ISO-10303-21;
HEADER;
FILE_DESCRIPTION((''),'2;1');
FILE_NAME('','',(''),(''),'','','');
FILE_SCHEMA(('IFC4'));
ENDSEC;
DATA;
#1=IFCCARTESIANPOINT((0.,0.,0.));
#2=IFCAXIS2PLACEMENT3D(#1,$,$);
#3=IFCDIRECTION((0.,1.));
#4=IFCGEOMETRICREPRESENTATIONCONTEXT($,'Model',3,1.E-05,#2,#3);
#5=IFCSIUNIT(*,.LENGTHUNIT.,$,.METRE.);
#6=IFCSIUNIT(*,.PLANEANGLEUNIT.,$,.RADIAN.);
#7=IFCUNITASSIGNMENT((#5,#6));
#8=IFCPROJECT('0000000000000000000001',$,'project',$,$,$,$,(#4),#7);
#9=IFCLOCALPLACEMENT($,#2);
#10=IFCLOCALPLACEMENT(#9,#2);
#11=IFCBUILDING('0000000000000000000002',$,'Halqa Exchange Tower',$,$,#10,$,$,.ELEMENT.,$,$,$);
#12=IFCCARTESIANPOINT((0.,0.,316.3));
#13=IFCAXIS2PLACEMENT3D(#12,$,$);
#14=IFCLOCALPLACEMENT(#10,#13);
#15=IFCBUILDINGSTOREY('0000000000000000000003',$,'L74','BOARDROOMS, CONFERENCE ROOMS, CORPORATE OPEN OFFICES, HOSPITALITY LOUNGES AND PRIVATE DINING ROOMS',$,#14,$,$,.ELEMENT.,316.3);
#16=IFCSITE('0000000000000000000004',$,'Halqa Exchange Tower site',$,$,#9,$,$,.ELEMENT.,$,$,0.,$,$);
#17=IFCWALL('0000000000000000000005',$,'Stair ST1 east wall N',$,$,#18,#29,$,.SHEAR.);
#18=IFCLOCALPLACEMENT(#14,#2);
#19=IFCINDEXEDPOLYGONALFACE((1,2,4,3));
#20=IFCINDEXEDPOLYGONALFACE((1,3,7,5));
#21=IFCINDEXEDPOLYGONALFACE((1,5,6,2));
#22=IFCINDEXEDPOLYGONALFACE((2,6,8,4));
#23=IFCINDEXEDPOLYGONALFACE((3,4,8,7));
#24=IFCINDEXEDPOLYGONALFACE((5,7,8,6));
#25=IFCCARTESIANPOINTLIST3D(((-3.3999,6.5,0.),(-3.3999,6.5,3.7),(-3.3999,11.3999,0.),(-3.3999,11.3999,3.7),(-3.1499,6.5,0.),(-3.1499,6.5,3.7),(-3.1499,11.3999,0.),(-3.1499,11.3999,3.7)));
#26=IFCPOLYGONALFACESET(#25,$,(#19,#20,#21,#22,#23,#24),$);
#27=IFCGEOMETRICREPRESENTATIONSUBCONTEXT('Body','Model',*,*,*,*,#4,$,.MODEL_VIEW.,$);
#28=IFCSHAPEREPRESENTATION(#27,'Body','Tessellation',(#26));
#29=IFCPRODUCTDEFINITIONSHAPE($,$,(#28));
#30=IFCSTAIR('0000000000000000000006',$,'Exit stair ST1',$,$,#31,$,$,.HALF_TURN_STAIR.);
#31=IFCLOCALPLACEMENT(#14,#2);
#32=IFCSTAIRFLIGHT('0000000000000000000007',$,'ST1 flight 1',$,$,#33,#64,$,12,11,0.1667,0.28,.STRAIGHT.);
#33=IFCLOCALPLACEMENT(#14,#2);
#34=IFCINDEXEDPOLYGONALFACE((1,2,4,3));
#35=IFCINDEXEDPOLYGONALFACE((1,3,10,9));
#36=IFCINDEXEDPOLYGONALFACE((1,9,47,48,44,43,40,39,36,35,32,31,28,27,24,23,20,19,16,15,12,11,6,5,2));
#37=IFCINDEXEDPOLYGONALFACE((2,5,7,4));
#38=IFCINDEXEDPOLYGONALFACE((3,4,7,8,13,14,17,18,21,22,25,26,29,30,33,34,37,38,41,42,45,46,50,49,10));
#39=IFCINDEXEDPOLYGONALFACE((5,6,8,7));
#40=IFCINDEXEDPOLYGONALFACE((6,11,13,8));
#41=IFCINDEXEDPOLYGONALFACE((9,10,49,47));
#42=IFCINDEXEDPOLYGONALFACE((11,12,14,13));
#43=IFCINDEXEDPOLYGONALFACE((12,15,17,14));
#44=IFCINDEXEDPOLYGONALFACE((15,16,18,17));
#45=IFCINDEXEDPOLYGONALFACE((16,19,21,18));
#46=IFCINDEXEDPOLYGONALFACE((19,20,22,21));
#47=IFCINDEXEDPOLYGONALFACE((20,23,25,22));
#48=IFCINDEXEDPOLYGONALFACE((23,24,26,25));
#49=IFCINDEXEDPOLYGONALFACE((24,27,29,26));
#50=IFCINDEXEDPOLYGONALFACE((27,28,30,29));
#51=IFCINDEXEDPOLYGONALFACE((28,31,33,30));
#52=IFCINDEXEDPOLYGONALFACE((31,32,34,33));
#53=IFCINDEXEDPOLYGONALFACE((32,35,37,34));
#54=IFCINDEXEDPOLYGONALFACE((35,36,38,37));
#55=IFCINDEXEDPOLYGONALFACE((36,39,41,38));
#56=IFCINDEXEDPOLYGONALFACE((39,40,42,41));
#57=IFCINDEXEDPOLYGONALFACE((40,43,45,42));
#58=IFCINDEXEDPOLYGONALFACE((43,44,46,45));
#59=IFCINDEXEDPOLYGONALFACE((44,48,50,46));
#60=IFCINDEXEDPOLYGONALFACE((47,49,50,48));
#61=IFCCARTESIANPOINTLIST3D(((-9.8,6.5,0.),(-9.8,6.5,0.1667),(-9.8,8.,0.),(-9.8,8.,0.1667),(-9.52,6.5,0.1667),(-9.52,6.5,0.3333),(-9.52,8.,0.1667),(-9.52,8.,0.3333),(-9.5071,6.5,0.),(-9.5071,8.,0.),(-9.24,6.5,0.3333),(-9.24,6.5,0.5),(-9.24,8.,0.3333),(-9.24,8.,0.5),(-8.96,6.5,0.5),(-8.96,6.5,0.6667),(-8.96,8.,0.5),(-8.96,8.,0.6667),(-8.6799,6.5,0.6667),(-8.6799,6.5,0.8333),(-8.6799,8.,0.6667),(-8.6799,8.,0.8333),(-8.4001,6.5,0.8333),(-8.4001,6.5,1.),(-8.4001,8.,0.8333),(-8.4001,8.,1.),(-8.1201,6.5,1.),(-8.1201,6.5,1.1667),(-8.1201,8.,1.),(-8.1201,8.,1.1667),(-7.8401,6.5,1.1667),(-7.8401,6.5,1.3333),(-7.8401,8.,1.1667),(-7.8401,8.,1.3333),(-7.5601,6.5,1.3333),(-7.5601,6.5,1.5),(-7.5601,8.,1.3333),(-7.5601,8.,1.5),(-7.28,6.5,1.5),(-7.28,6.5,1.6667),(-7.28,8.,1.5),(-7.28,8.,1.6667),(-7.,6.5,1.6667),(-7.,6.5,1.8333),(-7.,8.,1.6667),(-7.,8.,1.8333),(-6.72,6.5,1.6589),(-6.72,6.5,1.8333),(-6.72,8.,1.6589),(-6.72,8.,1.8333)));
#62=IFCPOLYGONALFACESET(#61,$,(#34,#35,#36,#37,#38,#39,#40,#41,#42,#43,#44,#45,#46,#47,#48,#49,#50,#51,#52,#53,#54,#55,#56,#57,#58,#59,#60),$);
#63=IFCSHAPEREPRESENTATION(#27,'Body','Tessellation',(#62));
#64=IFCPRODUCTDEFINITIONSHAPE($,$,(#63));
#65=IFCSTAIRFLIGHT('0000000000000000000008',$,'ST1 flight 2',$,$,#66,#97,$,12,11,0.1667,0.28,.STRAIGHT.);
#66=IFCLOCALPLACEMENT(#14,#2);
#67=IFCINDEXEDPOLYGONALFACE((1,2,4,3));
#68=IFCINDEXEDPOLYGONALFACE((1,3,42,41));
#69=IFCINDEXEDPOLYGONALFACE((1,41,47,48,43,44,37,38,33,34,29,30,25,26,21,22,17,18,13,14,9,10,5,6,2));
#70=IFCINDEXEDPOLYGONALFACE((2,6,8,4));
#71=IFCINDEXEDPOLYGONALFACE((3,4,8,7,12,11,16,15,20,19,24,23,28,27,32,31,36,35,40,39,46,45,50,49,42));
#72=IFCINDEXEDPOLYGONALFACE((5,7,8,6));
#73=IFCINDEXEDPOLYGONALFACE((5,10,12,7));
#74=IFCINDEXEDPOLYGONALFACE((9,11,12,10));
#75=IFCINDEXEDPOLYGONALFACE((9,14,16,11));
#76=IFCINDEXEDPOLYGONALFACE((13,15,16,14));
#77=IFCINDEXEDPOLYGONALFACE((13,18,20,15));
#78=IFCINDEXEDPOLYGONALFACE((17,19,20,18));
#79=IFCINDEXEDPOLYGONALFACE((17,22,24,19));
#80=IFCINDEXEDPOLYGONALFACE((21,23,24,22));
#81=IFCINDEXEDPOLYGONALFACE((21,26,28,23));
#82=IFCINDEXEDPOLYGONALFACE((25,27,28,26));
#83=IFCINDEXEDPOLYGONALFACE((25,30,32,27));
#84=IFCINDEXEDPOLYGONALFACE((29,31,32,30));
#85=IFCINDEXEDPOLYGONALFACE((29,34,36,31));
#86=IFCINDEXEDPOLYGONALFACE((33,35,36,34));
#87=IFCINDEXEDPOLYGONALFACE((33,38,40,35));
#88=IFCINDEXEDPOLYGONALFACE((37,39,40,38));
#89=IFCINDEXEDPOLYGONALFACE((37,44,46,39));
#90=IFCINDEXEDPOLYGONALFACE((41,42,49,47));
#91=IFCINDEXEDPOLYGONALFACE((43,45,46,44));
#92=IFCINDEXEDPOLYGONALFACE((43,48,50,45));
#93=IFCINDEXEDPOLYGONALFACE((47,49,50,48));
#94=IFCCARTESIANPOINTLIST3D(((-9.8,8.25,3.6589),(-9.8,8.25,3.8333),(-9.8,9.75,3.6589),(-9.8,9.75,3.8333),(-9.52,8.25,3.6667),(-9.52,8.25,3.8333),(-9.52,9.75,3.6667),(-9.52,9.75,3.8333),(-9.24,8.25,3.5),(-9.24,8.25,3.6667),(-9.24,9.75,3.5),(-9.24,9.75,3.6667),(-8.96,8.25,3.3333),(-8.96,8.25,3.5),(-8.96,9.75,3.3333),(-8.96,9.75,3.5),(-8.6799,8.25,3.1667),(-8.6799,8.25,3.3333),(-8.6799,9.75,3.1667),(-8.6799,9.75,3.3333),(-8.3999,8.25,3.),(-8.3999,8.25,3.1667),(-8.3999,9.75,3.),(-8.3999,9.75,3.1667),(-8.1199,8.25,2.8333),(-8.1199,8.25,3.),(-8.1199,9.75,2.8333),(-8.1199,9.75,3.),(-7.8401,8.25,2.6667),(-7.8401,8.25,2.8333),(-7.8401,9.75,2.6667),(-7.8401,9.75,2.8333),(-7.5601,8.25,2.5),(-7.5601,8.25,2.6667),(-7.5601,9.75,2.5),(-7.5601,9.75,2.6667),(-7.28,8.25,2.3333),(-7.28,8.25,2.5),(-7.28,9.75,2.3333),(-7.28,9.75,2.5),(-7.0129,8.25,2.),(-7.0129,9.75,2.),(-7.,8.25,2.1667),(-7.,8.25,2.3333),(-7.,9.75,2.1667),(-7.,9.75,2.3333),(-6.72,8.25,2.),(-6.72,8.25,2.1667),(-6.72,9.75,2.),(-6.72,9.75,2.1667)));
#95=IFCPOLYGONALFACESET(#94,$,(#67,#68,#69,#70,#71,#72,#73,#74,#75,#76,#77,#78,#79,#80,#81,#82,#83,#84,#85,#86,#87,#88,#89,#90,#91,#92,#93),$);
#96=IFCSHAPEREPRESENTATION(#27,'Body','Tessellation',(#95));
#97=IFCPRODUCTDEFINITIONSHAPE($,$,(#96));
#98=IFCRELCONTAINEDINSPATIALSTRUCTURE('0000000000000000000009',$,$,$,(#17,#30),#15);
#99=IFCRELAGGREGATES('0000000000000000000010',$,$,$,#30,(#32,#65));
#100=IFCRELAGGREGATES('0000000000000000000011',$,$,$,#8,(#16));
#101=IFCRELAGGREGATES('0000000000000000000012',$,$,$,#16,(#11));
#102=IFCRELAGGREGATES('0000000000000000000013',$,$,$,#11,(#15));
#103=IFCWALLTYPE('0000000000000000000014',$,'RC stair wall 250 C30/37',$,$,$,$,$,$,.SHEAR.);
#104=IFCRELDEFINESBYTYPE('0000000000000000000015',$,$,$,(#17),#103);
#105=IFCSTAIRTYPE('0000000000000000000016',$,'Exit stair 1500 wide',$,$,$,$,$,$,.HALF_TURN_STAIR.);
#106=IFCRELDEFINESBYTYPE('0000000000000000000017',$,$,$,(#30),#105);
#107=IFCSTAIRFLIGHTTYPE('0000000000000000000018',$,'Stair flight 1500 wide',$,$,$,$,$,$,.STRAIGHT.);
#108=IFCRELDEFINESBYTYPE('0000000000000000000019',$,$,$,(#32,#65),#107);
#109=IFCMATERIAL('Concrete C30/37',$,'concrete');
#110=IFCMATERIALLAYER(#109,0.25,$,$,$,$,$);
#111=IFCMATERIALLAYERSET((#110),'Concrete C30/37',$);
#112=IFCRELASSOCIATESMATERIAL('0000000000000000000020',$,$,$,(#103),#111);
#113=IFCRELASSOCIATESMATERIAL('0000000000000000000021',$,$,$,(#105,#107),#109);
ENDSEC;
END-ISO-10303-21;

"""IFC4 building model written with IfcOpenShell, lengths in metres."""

from ifc_helpers import new_model, si_unit, direction, frame, frame_2d, origin, place, context, subcontext, project, spatial, polyline, rectangle, outline, extrude, material, layer, layer_set, type_object, element, aggregate, save


model = new_model("IFC4")

# Units and contexts
model_context = context("Model", 3, precision=1e-05, world=origin(), true_north=direction((0.0, 1.0)))
body_context = subcontext(model_context, "Body", "Model", "MODEL_VIEW")
ifc_project = project(units=[si_unit("LENGTHUNIT", "METRE"), si_unit("PLANEANGLEUNIT", "RADIAN")], contexts=[model_context])

# Site, building, storey
site_placement = place(None, origin())
site = spatial("IfcSite", under=ifc_project, at=site_placement, Name="Halqa Exchange Tower site", CompositionType="ELEMENT", RefElevation=0.0)
building_placement = place(site_placement, origin())
building = spatial("IfcBuilding", under=site, at=building_placement, Name="Halqa Exchange Tower", CompositionType="ELEMENT")
storey_placement = place(building_placement, frame((0.0, 0.0, 316.3)))
storey = spatial("IfcBuildingStorey", under=building, at=storey_placement, Name="L74", Description="BOARDROOMS, CONFERENCE ROOMS, CORPORATE OPEN OFFICES, HOSPITALITY LOUNGES AND PRIVATE DINING ROOMS", CompositionType="ELEMENT", Elevation=316.3)

# Wall
ifc_material_1 = material(Name="Concrete C30/37", Category="concrete")
ifc_layer_1 = layer(ifc_material_1, 0.25)
ifc_layer_set_1 = layer_set([ifc_layer_1], Name="Concrete C30/37")
wall_type_1 = type_object("IfcWallType", Name="RC stair wall 250 C30/37", PredefinedType="SHEAR", material=ifc_layer_set_1)
wall_1_placement = place(storey_placement, frame((-3.2749, 6.5, 0.0), z_axis=(0.0, 0.0, 1.0), x_axis=(0.0, 1.0, 0.0)))
element("IfcWall", 1, at=wall_1_placement, inside=storey, type_object=wall_type_1, Name="Stair ST1 east wall N", PredefinedType="SHEAR", context=body_context, shape_type="SweptSolid", body=[
    extrude(rectangle(XDim=4.8999, YDim=0.25, at=frame_2d((2.45, 0.0))), origin(), (0.0, 0.0, 1.0), 3.7),
])

# Stair, stair flights
stair_type = type_object("IfcStairType", Name="Exit stair 1500 wide", PredefinedType="HALF_TURN_STAIR", material=ifc_material_1)
stair_placement = place(storey_placement, origin())
stair = element("IfcStair", 2, at=stair_placement, inside=storey, type_object=stair_type, Name="Exit stair ST1", PredefinedType="HALF_TURN_STAIR")
stair_flight_type = type_object("IfcStairFlightType", Name="Stair flight 1500 wide", PredefinedType="STRAIGHT", material=ifc_material_1)
stair_flight_1_placement = place(storey_placement, frame((-9.8, 7.25, 0.0), z_axis=(0.0, 0.0, 1.0), x_axis=(1.0, 0.0, 0.0)))
stair_flight_1 = element("IfcStairFlight", 3, at=stair_flight_1_placement, type_object=stair_flight_type, Name="ST1 flight 1", NumberOfRisers=12, NumberOfTreads=11, PredefinedType="STRAIGHT", RiserHeight=0.1667, TreadLength=0.28, context=body_context, shape_type="SweptSolid", body=[
    extrude(outline(polyline([(0.0, 0.0), (0.0, 0.1667), (0.28, 0.1667), (0.28, 0.3333), (0.5601, 0.3333), (0.5601, 0.5), (0.8401, 0.5), (0.8401, 0.6667), (1.1201, 0.6667), (1.1201, 0.8333), (1.3999, 0.8333), (1.3999, 1.0), (1.6799, 1.0), (1.6799, 1.1667), (1.96, 1.1667), (1.96, 1.3333), (2.24, 1.3333), (2.24, 1.5), (2.52, 1.5), (2.52, 1.6667), (2.8, 1.6667), (2.8, 1.8333), (3.0801, 1.8333), (3.0801, 2.0), (3.0801, 1.6589), (0.293, 0.0), (0.0, 0.0)])), frame((0.0, 0.75, 0.0), z_axis=(0.0, -1.0, 0.0), x_axis=(1.0, 0.0, 0.0)), (0.0, 0.0, 1.0), 1.5),
])
stair_flight_2_placement = place(storey_placement, frame((-6.72, 9.0, 2.0), z_axis=(0.0, 0.0, 1.0), x_axis=(-1.0, 0.0, 0.0)))
stair_flight_2 = element("IfcStairFlight", 4, at=stair_flight_2_placement, type_object=stair_flight_type, Name="ST1 flight 2", NumberOfRisers=12, NumberOfTreads=11, PredefinedType="STRAIGHT", RiserHeight=0.1667, TreadLength=0.28, context=body_context, shape_type="SweptSolid", body=[
    extrude(outline(polyline([(0.0, 0.0), (0.0, 0.1667), (0.28, 0.1667), (0.28, 0.3333), (0.5601, 0.3333), (0.5601, 0.5), (0.8401, 0.5), (0.8401, 0.6667), (1.1201, 0.6667), (1.1201, 0.8333), (1.3999, 0.8333), (1.3999, 1.0), (1.6799, 1.0), (1.6799, 1.1667), (1.96, 1.1667), (1.96, 1.3333), (2.24, 1.3333), (2.24, 1.5), (2.52, 1.5), (2.52, 1.6667), (2.8, 1.6667), (2.8, 1.8333), (3.0801, 1.8333), (3.0801, 2.0), (3.0801, 1.6589), (0.293, 0.0), (0.0, 0.0)])), frame((0.0, 0.75, 0.0), z_axis=(0.0, -1.0, 0.0), x_axis=(1.0, 0.0, 0.0)), (0.0, 0.0, 1.0), 1.5),
])
aggregate(stair, [stair_flight_1, stair_flight_2])

save(model, "model.ifc")
